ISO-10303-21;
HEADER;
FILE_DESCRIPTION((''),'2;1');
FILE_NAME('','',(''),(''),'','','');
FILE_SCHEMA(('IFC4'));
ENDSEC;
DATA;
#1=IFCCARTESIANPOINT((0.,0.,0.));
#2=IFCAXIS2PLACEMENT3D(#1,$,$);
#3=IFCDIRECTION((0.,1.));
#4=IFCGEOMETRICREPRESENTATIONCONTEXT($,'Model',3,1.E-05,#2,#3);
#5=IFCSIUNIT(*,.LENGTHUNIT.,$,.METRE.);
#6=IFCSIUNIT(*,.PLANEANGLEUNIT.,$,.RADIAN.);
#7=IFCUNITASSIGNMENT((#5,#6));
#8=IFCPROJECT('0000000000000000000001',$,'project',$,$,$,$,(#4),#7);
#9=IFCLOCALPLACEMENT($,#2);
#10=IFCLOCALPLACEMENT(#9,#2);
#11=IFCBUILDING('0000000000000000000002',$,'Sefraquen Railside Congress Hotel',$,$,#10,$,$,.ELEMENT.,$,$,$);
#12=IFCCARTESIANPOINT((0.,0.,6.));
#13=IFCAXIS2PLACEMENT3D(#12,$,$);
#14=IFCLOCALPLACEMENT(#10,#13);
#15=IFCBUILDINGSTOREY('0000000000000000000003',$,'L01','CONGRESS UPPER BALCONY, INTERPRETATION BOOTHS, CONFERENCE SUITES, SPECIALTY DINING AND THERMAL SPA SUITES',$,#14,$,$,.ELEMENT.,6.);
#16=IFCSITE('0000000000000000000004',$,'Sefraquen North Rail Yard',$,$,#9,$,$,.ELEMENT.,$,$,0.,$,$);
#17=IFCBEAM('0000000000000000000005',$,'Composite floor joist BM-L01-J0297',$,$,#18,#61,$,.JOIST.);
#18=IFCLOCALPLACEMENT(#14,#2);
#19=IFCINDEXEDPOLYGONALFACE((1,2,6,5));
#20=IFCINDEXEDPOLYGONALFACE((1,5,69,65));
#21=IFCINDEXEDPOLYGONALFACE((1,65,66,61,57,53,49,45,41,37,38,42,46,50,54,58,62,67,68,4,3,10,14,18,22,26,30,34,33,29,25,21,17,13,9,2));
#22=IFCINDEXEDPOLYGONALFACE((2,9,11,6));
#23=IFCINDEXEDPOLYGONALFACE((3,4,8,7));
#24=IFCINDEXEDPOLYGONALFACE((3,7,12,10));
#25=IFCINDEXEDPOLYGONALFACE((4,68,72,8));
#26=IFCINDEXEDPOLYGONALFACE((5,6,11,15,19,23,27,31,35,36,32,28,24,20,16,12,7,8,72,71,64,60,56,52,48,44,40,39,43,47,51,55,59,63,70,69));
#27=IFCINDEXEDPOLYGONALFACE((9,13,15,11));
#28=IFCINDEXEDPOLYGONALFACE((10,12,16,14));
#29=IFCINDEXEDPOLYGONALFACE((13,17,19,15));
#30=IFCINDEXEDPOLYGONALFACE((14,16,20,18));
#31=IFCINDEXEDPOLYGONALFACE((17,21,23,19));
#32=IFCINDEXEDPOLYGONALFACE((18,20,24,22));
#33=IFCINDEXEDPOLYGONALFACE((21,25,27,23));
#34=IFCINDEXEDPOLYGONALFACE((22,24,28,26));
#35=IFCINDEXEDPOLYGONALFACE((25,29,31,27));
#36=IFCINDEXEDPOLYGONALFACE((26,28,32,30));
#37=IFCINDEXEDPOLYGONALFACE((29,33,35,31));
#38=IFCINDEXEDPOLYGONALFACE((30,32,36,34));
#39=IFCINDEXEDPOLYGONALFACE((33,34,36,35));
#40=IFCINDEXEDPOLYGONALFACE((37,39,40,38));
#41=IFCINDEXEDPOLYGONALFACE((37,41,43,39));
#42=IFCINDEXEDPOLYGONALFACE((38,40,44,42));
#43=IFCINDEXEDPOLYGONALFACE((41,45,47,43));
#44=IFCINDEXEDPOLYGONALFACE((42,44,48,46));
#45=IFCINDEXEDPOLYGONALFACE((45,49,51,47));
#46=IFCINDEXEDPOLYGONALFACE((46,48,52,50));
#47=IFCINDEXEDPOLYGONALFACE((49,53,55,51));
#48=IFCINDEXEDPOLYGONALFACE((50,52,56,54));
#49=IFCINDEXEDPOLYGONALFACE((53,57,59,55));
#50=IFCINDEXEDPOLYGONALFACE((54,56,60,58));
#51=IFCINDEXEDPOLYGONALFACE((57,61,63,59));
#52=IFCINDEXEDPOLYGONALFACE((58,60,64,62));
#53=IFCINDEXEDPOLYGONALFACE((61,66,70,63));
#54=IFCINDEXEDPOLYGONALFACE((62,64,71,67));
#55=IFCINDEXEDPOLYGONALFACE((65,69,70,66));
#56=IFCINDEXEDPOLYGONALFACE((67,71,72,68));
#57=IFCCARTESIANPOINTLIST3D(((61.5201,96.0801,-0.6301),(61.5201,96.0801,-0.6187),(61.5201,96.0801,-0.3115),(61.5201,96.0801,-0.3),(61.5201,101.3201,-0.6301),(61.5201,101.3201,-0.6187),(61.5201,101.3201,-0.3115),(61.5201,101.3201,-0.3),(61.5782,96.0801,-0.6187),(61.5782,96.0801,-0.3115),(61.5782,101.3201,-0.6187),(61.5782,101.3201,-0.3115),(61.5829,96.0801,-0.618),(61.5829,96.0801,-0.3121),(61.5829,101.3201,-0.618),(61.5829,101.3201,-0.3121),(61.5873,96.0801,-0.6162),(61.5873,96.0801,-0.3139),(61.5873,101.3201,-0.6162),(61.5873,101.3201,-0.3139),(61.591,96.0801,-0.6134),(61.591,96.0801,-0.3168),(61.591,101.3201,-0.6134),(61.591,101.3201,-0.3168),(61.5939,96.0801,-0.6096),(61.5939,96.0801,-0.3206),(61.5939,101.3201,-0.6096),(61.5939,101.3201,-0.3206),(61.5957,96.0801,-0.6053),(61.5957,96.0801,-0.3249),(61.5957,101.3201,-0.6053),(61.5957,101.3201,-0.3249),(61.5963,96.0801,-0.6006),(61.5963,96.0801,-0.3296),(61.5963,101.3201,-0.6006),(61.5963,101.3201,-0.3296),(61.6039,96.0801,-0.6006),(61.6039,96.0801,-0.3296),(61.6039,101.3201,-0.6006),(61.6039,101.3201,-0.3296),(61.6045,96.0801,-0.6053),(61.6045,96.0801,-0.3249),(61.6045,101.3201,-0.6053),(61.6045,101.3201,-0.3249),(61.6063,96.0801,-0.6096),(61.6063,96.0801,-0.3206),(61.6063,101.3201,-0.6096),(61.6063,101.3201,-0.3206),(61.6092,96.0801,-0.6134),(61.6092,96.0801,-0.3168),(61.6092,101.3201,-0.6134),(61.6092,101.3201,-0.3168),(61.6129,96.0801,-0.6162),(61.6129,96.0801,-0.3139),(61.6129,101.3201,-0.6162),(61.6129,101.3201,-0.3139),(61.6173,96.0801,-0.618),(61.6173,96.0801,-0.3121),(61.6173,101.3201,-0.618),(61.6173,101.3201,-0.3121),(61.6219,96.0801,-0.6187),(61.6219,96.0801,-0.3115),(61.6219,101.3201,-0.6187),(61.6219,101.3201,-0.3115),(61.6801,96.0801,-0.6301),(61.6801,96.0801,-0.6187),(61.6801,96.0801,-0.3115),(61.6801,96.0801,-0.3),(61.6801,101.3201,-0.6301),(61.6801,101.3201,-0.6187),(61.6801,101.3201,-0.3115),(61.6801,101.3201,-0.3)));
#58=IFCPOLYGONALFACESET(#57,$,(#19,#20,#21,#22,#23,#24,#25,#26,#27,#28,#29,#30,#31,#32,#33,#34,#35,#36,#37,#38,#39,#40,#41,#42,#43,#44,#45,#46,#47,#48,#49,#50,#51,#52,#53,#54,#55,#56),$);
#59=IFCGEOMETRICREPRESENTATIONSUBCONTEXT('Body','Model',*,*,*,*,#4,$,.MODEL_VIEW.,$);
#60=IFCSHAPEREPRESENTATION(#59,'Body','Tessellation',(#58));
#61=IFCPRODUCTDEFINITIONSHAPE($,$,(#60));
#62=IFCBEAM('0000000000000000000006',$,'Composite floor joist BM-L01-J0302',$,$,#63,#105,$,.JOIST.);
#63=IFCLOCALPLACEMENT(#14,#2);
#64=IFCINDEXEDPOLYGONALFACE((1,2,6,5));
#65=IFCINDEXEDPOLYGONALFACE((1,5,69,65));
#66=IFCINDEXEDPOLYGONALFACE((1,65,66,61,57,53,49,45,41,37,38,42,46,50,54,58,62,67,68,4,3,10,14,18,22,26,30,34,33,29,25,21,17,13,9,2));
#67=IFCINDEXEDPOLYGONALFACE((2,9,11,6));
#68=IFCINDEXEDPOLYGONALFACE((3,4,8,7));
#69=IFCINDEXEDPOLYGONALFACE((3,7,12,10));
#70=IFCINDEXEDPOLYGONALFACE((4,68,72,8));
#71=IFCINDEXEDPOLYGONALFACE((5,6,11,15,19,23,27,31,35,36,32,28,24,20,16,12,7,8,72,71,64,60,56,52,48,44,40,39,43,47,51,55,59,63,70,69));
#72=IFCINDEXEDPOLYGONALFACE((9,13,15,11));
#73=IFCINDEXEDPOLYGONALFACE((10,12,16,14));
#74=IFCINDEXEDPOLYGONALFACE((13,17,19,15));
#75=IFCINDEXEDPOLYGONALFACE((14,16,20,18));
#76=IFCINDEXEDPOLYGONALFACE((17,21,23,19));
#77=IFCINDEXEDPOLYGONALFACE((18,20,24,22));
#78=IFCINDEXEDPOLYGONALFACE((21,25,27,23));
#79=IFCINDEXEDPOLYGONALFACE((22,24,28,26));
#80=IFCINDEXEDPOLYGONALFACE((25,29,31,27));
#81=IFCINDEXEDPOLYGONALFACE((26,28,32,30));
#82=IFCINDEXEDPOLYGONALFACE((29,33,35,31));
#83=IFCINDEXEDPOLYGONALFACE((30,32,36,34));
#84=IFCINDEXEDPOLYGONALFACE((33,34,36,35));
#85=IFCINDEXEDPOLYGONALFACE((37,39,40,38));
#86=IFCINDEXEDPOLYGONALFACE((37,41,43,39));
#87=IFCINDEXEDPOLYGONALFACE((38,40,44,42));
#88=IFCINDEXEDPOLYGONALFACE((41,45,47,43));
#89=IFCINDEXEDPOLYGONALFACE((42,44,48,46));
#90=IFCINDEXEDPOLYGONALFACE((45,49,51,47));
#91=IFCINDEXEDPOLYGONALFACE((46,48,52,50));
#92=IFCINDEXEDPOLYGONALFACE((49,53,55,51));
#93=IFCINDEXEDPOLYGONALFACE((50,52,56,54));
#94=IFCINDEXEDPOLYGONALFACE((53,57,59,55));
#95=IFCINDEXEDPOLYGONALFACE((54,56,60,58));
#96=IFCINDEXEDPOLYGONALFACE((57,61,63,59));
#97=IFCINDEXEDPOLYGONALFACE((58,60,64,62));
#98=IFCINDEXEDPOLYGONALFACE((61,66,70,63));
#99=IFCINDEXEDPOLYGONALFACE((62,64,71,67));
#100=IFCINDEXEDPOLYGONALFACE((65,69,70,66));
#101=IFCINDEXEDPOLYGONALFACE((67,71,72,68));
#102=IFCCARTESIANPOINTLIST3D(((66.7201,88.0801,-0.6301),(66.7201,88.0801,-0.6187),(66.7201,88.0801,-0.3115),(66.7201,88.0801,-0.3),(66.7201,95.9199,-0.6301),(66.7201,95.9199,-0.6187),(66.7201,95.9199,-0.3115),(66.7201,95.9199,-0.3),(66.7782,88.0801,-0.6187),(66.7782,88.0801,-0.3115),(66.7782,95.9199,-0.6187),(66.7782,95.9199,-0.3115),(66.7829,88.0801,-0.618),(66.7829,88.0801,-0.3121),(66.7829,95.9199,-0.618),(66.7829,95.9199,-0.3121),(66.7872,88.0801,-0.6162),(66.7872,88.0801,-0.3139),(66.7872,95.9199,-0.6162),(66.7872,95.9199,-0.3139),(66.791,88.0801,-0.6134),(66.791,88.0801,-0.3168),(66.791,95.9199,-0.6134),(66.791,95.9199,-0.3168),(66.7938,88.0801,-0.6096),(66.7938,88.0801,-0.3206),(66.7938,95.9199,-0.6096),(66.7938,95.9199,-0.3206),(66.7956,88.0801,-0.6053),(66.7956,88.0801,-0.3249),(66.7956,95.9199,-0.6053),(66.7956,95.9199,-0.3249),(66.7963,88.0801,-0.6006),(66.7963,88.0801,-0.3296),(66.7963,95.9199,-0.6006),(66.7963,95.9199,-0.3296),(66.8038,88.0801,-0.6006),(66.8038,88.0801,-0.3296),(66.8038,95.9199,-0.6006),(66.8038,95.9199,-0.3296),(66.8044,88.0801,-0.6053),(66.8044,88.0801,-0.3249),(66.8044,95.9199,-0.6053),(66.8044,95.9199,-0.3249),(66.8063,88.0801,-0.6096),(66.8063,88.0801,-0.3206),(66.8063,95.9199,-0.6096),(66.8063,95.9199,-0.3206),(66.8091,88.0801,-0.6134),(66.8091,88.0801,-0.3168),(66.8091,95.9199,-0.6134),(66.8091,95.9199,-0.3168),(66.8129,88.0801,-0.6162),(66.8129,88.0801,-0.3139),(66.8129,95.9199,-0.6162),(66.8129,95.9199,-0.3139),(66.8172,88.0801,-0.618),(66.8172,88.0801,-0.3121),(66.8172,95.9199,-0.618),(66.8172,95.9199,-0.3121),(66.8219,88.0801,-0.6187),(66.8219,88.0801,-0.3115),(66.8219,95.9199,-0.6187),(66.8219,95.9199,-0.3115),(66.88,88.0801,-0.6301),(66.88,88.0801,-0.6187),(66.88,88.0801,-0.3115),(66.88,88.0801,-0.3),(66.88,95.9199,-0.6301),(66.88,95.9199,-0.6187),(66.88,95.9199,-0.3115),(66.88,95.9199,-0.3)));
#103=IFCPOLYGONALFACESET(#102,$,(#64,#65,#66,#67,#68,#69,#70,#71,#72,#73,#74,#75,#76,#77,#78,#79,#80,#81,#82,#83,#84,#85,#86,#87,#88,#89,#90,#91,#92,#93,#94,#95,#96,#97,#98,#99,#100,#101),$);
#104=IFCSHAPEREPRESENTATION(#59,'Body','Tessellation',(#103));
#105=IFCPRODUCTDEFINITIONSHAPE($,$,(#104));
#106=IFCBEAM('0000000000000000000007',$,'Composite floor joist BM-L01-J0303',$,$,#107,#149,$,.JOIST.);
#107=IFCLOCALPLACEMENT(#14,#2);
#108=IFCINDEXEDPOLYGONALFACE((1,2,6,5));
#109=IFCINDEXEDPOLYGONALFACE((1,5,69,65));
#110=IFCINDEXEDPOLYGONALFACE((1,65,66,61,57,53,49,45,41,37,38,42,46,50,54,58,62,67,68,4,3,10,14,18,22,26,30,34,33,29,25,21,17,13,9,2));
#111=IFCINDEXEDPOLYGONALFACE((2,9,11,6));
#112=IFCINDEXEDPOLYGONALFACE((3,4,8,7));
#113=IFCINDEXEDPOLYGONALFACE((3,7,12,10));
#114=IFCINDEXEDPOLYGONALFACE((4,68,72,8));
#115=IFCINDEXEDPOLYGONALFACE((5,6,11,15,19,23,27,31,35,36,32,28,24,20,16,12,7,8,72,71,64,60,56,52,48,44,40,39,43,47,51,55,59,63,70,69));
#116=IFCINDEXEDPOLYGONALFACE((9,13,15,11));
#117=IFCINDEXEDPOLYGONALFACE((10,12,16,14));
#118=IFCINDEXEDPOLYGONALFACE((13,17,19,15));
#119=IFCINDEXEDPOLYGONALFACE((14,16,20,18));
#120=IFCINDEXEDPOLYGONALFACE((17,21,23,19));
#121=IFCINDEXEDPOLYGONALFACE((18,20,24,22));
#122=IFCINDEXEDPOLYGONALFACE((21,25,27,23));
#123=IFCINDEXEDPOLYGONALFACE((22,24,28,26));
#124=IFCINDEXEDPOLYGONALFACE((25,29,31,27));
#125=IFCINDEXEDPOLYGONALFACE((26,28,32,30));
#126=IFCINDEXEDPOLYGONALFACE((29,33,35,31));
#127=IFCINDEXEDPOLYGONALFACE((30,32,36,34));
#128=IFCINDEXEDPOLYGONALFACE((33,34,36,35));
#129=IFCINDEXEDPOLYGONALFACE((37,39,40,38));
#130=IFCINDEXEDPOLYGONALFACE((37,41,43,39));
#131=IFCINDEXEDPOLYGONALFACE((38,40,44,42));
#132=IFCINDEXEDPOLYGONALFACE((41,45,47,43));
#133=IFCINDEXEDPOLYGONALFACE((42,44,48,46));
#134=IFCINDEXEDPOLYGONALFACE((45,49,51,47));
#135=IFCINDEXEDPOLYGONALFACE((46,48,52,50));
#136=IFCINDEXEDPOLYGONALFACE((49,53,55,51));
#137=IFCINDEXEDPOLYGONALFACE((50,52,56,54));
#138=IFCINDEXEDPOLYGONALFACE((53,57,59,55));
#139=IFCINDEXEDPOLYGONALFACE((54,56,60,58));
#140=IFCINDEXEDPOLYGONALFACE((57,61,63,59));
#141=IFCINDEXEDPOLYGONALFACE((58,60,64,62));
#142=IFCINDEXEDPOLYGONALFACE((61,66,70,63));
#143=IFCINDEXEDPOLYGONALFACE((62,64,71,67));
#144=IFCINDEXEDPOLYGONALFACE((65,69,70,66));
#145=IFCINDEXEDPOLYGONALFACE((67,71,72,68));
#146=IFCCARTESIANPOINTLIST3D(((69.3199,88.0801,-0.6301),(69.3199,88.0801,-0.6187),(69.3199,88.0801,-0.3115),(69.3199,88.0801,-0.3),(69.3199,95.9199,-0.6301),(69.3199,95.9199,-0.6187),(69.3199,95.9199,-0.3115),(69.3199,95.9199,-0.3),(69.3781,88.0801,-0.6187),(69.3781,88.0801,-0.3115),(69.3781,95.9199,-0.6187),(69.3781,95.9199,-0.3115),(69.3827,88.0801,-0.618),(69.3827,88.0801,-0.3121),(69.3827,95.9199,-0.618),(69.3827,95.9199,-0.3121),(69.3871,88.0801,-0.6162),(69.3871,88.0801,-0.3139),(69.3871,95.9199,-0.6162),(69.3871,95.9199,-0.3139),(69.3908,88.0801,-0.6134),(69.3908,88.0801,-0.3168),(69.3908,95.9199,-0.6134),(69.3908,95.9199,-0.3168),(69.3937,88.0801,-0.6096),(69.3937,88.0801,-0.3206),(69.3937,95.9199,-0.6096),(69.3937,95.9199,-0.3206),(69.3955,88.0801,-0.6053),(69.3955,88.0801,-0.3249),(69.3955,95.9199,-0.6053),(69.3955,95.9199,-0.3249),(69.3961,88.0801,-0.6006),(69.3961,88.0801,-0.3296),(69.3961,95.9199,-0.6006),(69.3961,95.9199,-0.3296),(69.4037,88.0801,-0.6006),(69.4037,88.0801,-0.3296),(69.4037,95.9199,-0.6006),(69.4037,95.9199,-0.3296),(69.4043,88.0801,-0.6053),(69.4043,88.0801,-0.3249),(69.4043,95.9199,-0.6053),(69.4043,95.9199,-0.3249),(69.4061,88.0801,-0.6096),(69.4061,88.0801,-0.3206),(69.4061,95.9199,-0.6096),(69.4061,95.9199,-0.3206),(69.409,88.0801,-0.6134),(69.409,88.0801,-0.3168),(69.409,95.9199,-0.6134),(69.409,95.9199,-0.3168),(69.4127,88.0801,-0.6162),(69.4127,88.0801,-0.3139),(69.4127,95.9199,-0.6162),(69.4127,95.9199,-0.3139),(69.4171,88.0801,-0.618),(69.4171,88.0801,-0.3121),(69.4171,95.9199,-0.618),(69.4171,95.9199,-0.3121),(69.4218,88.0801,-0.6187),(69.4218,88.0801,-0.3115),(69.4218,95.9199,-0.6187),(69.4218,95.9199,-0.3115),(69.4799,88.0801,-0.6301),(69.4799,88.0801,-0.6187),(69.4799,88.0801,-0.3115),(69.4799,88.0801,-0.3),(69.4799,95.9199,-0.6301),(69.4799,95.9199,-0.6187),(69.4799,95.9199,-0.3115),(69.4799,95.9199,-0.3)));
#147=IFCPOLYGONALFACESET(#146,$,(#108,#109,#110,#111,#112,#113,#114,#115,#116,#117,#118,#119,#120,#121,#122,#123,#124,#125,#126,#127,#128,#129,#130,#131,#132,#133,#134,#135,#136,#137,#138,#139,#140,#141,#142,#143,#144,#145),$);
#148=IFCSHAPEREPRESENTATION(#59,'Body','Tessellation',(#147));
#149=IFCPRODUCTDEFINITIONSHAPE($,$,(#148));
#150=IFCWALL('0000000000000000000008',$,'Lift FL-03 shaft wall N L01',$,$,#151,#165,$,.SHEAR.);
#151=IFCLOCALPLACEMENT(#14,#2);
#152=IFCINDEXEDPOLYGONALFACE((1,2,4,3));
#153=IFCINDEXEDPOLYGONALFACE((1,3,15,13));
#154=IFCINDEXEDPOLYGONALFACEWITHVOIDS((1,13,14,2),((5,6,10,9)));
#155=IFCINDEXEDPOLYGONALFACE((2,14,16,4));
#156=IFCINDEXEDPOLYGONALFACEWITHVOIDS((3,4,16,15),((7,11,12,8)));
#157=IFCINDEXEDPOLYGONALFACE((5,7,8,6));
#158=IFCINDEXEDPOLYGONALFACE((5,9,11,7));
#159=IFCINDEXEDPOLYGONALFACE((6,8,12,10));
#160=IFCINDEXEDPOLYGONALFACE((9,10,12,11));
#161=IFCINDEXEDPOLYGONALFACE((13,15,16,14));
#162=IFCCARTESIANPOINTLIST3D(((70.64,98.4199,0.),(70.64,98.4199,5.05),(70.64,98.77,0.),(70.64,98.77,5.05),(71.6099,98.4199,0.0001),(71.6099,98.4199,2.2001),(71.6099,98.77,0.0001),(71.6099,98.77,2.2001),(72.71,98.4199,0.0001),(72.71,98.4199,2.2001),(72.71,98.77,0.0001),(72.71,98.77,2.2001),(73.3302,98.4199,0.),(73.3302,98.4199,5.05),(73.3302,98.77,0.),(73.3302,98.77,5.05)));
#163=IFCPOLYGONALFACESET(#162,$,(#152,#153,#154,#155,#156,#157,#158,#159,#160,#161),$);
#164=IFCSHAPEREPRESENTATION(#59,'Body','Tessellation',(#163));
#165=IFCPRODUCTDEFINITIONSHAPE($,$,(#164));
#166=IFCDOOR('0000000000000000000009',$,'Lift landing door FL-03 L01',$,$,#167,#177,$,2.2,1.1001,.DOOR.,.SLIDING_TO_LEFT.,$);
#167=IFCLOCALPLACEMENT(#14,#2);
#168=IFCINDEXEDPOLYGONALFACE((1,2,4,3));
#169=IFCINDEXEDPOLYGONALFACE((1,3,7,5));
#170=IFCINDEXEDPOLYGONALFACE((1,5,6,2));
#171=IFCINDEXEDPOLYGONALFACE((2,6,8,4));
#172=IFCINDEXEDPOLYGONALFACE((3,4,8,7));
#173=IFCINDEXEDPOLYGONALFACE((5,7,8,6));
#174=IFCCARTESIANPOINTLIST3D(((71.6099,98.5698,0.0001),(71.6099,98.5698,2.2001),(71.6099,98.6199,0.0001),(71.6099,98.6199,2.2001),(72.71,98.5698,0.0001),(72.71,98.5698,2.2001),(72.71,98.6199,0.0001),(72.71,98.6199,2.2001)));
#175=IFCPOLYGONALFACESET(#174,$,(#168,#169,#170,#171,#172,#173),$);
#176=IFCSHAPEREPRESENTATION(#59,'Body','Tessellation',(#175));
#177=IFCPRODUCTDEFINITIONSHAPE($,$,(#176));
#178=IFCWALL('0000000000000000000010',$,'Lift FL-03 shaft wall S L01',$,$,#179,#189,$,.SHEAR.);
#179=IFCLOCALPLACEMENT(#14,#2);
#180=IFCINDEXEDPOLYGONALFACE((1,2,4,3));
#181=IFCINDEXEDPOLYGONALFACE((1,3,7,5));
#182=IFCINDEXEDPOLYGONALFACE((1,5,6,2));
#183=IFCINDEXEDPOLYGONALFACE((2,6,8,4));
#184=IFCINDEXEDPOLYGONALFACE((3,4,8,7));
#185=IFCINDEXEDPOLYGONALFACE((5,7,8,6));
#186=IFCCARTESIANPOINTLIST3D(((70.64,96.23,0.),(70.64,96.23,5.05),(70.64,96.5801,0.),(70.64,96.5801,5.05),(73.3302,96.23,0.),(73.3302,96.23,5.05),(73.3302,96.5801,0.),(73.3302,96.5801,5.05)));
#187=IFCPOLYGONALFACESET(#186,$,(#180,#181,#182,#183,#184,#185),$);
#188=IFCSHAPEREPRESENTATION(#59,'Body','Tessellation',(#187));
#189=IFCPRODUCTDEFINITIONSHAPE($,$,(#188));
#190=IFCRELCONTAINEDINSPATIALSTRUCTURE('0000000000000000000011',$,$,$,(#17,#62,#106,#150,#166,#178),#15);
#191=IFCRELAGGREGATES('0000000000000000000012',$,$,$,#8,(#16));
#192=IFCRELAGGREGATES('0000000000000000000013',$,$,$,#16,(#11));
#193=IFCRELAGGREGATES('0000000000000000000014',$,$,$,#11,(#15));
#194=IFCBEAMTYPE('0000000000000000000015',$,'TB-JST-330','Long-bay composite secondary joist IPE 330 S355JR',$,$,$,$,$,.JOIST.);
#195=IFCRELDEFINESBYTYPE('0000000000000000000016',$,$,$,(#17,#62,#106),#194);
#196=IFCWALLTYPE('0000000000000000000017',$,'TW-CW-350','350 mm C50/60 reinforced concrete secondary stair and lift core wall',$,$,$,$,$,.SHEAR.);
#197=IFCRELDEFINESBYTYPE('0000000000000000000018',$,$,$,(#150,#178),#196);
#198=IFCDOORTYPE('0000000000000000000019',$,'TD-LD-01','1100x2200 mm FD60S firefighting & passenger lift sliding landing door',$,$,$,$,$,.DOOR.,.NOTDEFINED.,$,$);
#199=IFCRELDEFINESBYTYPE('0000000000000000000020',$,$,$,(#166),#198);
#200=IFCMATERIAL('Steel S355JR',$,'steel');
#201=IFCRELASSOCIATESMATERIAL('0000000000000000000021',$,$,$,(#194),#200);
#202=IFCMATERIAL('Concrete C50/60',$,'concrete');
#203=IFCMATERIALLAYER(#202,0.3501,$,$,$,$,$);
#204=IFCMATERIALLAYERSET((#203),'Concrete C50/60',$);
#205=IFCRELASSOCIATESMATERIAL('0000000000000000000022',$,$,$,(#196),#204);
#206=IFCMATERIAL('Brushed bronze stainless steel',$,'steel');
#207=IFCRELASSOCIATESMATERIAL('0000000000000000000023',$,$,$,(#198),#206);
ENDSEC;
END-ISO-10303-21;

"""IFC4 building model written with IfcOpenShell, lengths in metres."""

from ifc_helpers import new_model, si_unit, direction, frame, frame_2d, origin, origin_2d, place, context, subcontext, project, spatial, rectangle, i_section, extrude, material, layer, layer_set, material_profile, profile_set, type_object, element, fill, save


model = new_model("IFC4")

# Units and contexts
model_context = context("Model", 3, precision=1e-05, world=origin(), true_north=direction((0.0, 1.0)))
body_context = subcontext(model_context, "Body", "Model", "MODEL_VIEW")
ifc_project = project(units=[si_unit("LENGTHUNIT", "METRE"), si_unit("PLANEANGLEUNIT", "RADIAN")], contexts=[model_context])

# Site, building, storey
site_placement = place(None, origin())
site = spatial("IfcSite", under=ifc_project, at=site_placement, Name="Sefraquen North Rail Yard", CompositionType="ELEMENT", RefElevation=0.0)
building_placement = place(site_placement, origin())
building = spatial("IfcBuilding", under=site, at=building_placement, Name="Sefraquen Railside Congress Hotel", CompositionType="ELEMENT")
storey_placement = place(building_placement, frame((0.0, 0.0, 6.0)))
storey = spatial("IfcBuildingStorey", under=building, at=storey_placement, Name="L01", Description="CONGRESS UPPER BALCONY, INTERPRETATION BOOTHS, CONFERENCE SUITES, SPECIALTY DINING AND THERMAL SPA SUITES", CompositionType="ELEMENT", Elevation=6.0)

# Shared definitions
ifc_material_1 = material(Name="Steel S355JR", Category="steel")

# Beams
ifc_material_profile_1 = material_profile(ifc_material_1, i_section(OverallWidth=0.1599, OverallDepth=0.3301, WebThickness=0.0076, FlangeThickness=0.0115, FilletRadius=0.0181, at=origin_2d()), Name="IPE 330")
ifc_profile_set_1 = profile_set([ifc_material_profile_1], Name="Steel S355JR")
beam_type_1 = type_object("IfcBeamType", Name="TB-JST-330", Description="Long-bay composite secondary joist IPE 330 S355JR", PredefinedType="JOIST", material=ifc_profile_set_1)
for number, where, z_axis, x_axis, name in (
    (1, (61.6001, 96.0801, -0.4651), (0.0, 1.0, 0.0), (-1.0, 0.0, 0.0), "Composite floor joist BM-L01-J0297"),
):
    element("IfcBeam", number, at=place(storey_placement, frame(where, z_axis=z_axis, x_axis=x_axis)), inside=storey, type_object=beam_type_1, Name=name, PredefinedType="JOIST", context=body_context, shape_type="SweptSolid", body=[
        extrude(i_section(OverallWidth=0.1599, OverallDepth=0.3301, WebThickness=0.0076, FlangeThickness=0.0115, FilletRadius=0.0181, at=origin_2d()), origin(), (0.0, 0.0, 1.0), 5.24),
    ])
for number, where, z_axis, x_axis, name in (
    (2, (66.8, 88.0801, -0.4651), (0.0, 1.0, 0.0), (-1.0, 0.0, 0.0), "Composite floor joist BM-L01-J0302"),
    (3, (69.3999, 88.0801, -0.4651), (0.0, 1.0, 0.0), (-1.0, 0.0, 0.0), "Composite floor joist BM-L01-J0303"),
):
    element("IfcBeam", number, at=place(storey_placement, frame(where, z_axis=z_axis, x_axis=x_axis)), inside=storey, type_object=beam_type_1, Name=name, PredefinedType="JOIST", context=body_context, shape_type="SweptSolid", body=[
        extrude(i_section(OverallWidth=0.1599, OverallDepth=0.3301, WebThickness=0.0076, FlangeThickness=0.0115, FilletRadius=0.0181, at=origin_2d()), origin(), (0.0, 0.0, 1.0), 7.8398),
    ])

# Wall, opening, door
ifc_material_2 = material(Name="Concrete C50/60", Category="concrete")
ifc_layer_1 = layer(ifc_material_2, 0.3501)
ifc_layer_set_1 = layer_set([ifc_layer_1], Name="Concrete C50/60")
wall_type_1 = type_object("IfcWallType", Name="TW-CW-350", Description="350 mm C50/60 reinforced concrete secondary stair and lift core wall", PredefinedType="SHEAR", material=ifc_layer_set_1)
wall_1_placement = place(storey_placement, frame((70.6399, 98.595, 0.0), z_axis=(0.0, 0.0, 1.0), x_axis=(1.0, 0.0, 0.0)))
wall_1 = element("IfcWall", 4, at=wall_1_placement, inside=storey, type_object=wall_type_1, Name="Lift FL-03 shaft wall N L01", PredefinedType="SHEAR", context=body_context, shape_type="SweptSolid", body=[
    extrude(rectangle(XDim=2.6902, YDim=0.3501, at=frame_2d((1.3452, 0.0))), origin(), (0.0, 0.0, 1.0), 5.05),
])
opening_1_placement = place(wall_1_placement, frame((0.97, 0.0, 0.0)))
opening_1 = element("IfcOpeningElement", 5, at=opening_1_placement, cuts=wall_1, PredefinedType="OPENING", context=body_context, shape_type="SweptSolid", body=[
    extrude(rectangle(XDim=1.1001, YDim=2.2, at=frame_2d((0.55, 1.1001))), frame((0.0, 0.1851, 0.0), z_axis=(0.0, -1.0, 0.0), x_axis=(1.0, 0.0, 0.0)), (0.0, 0.0, 1.0), 0.3701),
])
ifc_material_3 = material(Name="Brushed bronze stainless steel", Category="steel")
door_type_1 = type_object("IfcDoorType", Name="TD-LD-01", Description="1100x2200 mm FD60S firefighting & passenger lift sliding landing door", OperationType="NOTDEFINED", PredefinedType="DOOR", material=ifc_material_3)
door_1_placement = place(opening_1_placement, origin())
door_1 = element("IfcDoor", 6, at=door_1_placement, inside=storey, type_object=door_type_1, Name="Lift landing door FL-03 L01", OperationType="SLIDING_TO_LEFT", OverallHeight=2.2, OverallWidth=1.1001, PredefinedType="DOOR", context=body_context, shape_type="SweptSolid", body=[
    extrude(rectangle(XDim=1.1001, YDim=2.2, at=frame_2d((0.55, 1.1001))), frame((0.0, 0.0249, 0.0), z_axis=(0.0, -1.0, 0.0), x_axis=(1.0, 0.0, 0.0)), (0.0, 0.0, 1.0), 0.05),
])
fill(opening_1, door_1)

# Wall
wall_2_placement = place(storey_placement, frame((70.6399, 96.405, 0.0), z_axis=(0.0, 0.0, 1.0), x_axis=(1.0, 0.0, 0.0)))
element("IfcWall", 7, at=wall_2_placement, inside=storey, type_object=wall_type_1, Name="Lift FL-03 shaft wall S L01", PredefinedType="SHEAR", context=body_context, shape_type="SweptSolid", body=[
    extrude(rectangle(XDim=2.6902, YDim=0.3501, at=frame_2d((1.3452, 0.0))), origin(), (0.0, 0.0, 1.0), 5.05),
])

save(model, "model.ifc")
